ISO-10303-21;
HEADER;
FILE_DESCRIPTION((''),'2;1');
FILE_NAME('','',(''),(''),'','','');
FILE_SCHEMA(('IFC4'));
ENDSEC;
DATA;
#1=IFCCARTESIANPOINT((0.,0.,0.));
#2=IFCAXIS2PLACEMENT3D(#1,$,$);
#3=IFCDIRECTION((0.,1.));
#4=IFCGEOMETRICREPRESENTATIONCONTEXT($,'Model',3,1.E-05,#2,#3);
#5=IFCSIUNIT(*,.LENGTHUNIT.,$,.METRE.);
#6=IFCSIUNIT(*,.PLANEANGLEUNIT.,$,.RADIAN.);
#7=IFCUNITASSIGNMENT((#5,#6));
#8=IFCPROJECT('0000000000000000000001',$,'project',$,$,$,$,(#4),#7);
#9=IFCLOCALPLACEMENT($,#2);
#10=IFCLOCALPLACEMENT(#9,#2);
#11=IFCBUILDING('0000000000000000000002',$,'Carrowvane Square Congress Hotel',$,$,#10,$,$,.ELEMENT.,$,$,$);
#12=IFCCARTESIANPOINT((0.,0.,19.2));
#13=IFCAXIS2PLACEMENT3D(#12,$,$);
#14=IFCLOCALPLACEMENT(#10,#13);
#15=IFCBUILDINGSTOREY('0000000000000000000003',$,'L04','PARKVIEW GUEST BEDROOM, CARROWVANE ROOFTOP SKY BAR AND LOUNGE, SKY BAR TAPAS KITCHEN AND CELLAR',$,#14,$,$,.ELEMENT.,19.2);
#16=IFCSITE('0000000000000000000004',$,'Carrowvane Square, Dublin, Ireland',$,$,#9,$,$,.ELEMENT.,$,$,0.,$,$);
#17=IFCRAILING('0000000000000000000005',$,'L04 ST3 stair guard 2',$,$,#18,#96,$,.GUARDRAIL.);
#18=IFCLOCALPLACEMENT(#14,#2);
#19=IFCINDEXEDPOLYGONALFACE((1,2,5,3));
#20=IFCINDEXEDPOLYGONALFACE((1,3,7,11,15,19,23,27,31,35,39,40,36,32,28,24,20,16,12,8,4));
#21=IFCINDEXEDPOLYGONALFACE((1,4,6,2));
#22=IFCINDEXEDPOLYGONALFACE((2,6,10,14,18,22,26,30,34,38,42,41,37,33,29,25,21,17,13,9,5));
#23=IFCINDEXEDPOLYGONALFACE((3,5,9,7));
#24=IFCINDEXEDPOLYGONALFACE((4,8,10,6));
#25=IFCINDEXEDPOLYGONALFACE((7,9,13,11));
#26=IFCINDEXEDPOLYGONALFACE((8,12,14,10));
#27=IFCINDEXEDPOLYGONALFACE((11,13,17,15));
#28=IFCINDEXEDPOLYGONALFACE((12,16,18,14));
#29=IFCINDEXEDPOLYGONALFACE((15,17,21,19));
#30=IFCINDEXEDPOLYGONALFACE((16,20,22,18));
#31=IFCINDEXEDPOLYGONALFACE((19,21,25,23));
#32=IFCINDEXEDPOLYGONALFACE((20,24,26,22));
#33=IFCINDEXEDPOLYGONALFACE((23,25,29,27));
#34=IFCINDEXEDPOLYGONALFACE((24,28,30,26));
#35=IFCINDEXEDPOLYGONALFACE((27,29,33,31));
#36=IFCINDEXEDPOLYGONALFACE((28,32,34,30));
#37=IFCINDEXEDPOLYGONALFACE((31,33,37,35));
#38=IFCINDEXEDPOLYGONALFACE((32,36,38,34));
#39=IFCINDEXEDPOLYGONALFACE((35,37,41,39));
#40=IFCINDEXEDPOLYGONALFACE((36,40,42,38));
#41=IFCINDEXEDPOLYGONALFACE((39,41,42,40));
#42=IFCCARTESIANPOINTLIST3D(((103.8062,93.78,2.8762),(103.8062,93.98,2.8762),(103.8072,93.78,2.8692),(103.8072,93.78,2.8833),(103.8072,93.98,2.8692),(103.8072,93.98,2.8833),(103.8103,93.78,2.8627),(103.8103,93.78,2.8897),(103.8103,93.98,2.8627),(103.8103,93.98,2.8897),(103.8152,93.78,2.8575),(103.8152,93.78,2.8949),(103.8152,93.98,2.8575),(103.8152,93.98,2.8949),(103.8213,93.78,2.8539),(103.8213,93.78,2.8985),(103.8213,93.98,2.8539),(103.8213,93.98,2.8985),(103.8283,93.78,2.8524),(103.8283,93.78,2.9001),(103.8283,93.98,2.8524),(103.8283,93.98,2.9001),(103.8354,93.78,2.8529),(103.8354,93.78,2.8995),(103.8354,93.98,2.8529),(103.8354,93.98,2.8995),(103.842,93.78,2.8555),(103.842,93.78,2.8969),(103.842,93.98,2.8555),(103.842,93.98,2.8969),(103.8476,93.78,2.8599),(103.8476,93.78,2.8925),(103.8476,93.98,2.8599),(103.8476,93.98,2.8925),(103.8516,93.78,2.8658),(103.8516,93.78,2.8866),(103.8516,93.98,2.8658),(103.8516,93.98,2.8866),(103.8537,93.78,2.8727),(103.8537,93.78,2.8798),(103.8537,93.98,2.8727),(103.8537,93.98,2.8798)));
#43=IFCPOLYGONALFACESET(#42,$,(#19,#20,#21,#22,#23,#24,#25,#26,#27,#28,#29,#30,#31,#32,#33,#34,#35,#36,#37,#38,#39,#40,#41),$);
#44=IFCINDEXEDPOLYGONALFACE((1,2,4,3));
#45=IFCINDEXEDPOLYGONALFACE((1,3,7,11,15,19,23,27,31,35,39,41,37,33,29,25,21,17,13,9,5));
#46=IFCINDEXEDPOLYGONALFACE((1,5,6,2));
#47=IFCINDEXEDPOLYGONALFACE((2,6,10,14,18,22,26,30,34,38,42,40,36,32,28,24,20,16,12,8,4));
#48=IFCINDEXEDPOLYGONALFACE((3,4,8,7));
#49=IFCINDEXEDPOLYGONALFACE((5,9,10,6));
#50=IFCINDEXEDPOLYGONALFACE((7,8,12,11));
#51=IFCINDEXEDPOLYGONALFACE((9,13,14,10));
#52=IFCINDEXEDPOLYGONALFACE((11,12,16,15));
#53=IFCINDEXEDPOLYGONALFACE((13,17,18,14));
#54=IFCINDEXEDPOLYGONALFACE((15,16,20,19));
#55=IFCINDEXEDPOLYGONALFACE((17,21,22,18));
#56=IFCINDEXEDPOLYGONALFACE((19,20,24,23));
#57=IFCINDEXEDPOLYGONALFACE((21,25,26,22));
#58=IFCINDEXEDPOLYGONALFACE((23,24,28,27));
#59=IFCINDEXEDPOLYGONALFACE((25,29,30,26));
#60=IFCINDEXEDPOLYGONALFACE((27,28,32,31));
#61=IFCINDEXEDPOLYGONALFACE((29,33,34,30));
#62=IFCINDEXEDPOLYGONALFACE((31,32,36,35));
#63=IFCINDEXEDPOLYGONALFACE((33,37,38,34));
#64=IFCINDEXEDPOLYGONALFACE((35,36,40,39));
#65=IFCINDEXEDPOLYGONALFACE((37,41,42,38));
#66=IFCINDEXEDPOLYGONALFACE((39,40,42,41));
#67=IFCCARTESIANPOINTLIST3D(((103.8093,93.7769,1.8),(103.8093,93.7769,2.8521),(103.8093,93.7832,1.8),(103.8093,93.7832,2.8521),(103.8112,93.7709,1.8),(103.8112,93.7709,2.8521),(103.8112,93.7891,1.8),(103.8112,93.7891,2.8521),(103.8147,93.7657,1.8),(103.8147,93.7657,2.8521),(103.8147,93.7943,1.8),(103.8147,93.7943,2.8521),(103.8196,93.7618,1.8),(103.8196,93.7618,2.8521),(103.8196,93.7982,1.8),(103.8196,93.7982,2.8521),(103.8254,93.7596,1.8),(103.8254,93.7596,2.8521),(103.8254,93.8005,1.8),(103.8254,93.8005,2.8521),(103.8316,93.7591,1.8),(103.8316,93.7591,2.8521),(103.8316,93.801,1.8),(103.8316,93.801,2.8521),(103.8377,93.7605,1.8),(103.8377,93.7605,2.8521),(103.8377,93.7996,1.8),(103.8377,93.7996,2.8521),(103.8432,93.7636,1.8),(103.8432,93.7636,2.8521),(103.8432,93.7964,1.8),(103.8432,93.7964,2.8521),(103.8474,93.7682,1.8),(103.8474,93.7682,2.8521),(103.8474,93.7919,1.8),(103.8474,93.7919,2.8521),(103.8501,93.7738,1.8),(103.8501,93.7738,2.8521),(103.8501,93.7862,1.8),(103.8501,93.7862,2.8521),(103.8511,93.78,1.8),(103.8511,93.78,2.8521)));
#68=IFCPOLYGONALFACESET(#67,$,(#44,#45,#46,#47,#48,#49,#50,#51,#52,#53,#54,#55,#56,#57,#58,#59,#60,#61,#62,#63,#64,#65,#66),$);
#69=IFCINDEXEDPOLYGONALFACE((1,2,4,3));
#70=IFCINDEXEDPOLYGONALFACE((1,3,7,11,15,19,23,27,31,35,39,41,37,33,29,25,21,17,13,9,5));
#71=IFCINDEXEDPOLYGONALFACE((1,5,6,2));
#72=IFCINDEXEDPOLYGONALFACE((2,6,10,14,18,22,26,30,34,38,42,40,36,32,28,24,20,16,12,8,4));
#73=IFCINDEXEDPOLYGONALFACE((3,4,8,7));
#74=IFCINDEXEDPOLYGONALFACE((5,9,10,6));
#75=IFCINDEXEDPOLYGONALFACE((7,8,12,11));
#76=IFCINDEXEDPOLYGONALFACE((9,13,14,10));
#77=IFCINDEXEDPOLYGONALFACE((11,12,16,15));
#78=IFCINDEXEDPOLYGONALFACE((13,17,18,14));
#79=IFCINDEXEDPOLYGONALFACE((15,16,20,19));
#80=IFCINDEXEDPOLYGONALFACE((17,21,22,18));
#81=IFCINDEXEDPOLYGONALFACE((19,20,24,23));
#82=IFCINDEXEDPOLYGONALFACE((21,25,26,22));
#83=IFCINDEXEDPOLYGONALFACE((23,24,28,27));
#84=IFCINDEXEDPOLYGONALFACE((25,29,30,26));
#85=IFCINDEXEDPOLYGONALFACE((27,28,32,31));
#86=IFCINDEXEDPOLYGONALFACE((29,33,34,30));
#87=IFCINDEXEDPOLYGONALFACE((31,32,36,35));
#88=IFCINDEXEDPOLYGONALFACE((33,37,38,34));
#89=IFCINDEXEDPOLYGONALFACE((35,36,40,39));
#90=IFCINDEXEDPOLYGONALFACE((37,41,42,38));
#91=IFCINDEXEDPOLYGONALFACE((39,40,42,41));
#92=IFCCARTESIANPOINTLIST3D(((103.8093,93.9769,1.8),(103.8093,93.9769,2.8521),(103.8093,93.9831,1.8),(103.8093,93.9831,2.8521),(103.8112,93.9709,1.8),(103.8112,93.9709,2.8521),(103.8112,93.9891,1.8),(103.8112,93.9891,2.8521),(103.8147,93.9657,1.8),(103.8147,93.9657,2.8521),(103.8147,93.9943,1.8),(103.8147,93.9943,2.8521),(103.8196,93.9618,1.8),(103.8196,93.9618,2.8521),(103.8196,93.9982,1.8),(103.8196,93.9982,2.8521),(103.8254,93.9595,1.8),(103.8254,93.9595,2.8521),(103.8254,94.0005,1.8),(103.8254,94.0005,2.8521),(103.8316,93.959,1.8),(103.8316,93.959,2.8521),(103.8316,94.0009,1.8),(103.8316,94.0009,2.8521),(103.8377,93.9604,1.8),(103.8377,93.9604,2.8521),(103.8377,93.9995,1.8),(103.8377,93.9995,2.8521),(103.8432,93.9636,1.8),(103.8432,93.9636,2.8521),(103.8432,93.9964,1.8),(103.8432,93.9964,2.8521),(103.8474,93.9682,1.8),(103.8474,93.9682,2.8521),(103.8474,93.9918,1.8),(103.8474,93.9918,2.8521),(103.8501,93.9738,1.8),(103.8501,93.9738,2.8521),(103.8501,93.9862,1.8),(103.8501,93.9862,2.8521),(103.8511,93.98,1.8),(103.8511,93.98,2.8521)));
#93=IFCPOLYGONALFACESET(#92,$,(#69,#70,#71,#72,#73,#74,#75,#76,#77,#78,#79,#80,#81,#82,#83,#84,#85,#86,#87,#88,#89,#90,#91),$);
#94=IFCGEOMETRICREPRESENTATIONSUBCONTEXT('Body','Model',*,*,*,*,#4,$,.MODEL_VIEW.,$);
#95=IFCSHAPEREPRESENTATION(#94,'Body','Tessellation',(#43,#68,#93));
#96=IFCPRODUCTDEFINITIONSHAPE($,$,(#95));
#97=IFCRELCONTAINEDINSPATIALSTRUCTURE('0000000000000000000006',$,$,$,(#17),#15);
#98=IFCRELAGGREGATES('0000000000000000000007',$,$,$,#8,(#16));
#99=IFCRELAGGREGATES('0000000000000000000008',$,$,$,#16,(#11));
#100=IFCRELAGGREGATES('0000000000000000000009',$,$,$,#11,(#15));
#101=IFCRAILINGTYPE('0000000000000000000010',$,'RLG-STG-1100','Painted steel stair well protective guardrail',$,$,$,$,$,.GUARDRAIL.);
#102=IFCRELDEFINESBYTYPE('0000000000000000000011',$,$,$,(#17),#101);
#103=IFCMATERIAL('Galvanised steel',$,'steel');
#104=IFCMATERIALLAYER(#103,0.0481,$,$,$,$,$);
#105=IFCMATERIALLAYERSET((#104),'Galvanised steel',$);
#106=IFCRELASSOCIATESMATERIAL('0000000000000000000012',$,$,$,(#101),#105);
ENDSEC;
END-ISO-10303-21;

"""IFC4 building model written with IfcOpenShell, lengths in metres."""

from ifc_helpers import new_model, si_unit, direction, frame, origin, origin_2d, place, context, subcontext, project, spatial, circle, extrude, material, layer, layer_set, type_object, element, save


model = new_model("IFC4")

# Units and contexts
model_context = context("Model", 3, precision=1e-05, world=origin(), true_north=direction((0.0, 1.0)))
body_context = subcontext(model_context, "Body", "Model", "MODEL_VIEW")
ifc_project = project(units=[si_unit("LENGTHUNIT", "METRE"), si_unit("PLANEANGLEUNIT", "RADIAN")], contexts=[model_context])

# Site, building, storey
site_placement = place(None, origin())
site = spatial("IfcSite", under=ifc_project, at=site_placement, Name="Carrowvane Square, Dublin, Ireland", CompositionType="ELEMENT", RefElevation=0.0)
building_placement = place(site_placement, origin())
building = spatial("IfcBuilding", under=site, at=building_placement, Name="Carrowvane Square Congress Hotel", CompositionType="ELEMENT")
storey_placement = place(building_placement, frame((0.0, 0.0, 19.2)))
storey = spatial("IfcBuildingStorey", under=building, at=storey_placement, Name="L04", Description="PARKVIEW GUEST BEDROOM, CARROWVANE ROOFTOP SKY BAR AND LOUNGE, SKY BAR TAPAS KITCHEN AND CELLAR", CompositionType="ELEMENT", Elevation=19.2)

# Railing
ifc_material_1 = material(Name="Galvanised steel", Category="steel")
ifc_layer_1 = layer(ifc_material_1, 0.0481)
ifc_layer_set_1 = layer_set([ifc_layer_1], Name="Galvanised steel")
railing_type_1 = type_object("IfcRailingType", Name="RLG-STG-1100", Description="Painted steel stair well protective guardrail", PredefinedType="GUARDRAIL", material=ifc_layer_set_1)
railing_1_placement = place(storey_placement, frame((103.8301, 93.78, 1.8)))
element("IfcRailing", 1, at=railing_1_placement, inside=storey, type_object=railing_type_1, Name="L04 ST3 stair guard 2", PredefinedType="GUARDRAIL", context=body_context, shape_type="SweptSolid", body=[
    extrude(circle(Radius=0.0239, at=origin_2d()), frame((0.0, 0.0, 1.0762), z_axis=(0.0, 1.0, 0.0), x_axis=(-1.0, 0.0, 0.0)), (0.0, 0.0, 1.0), 0.2),
    extrude(circle(Radius=0.021, at=origin_2d()), origin(), (0.0, 0.0, 1.0), 1.052),
    extrude(circle(Radius=0.021, at=origin_2d()), frame((0.0, 0.2, 0.0)), (0.0, 0.0, 1.0), 1.052),
])

save(model, "model.ifc")
